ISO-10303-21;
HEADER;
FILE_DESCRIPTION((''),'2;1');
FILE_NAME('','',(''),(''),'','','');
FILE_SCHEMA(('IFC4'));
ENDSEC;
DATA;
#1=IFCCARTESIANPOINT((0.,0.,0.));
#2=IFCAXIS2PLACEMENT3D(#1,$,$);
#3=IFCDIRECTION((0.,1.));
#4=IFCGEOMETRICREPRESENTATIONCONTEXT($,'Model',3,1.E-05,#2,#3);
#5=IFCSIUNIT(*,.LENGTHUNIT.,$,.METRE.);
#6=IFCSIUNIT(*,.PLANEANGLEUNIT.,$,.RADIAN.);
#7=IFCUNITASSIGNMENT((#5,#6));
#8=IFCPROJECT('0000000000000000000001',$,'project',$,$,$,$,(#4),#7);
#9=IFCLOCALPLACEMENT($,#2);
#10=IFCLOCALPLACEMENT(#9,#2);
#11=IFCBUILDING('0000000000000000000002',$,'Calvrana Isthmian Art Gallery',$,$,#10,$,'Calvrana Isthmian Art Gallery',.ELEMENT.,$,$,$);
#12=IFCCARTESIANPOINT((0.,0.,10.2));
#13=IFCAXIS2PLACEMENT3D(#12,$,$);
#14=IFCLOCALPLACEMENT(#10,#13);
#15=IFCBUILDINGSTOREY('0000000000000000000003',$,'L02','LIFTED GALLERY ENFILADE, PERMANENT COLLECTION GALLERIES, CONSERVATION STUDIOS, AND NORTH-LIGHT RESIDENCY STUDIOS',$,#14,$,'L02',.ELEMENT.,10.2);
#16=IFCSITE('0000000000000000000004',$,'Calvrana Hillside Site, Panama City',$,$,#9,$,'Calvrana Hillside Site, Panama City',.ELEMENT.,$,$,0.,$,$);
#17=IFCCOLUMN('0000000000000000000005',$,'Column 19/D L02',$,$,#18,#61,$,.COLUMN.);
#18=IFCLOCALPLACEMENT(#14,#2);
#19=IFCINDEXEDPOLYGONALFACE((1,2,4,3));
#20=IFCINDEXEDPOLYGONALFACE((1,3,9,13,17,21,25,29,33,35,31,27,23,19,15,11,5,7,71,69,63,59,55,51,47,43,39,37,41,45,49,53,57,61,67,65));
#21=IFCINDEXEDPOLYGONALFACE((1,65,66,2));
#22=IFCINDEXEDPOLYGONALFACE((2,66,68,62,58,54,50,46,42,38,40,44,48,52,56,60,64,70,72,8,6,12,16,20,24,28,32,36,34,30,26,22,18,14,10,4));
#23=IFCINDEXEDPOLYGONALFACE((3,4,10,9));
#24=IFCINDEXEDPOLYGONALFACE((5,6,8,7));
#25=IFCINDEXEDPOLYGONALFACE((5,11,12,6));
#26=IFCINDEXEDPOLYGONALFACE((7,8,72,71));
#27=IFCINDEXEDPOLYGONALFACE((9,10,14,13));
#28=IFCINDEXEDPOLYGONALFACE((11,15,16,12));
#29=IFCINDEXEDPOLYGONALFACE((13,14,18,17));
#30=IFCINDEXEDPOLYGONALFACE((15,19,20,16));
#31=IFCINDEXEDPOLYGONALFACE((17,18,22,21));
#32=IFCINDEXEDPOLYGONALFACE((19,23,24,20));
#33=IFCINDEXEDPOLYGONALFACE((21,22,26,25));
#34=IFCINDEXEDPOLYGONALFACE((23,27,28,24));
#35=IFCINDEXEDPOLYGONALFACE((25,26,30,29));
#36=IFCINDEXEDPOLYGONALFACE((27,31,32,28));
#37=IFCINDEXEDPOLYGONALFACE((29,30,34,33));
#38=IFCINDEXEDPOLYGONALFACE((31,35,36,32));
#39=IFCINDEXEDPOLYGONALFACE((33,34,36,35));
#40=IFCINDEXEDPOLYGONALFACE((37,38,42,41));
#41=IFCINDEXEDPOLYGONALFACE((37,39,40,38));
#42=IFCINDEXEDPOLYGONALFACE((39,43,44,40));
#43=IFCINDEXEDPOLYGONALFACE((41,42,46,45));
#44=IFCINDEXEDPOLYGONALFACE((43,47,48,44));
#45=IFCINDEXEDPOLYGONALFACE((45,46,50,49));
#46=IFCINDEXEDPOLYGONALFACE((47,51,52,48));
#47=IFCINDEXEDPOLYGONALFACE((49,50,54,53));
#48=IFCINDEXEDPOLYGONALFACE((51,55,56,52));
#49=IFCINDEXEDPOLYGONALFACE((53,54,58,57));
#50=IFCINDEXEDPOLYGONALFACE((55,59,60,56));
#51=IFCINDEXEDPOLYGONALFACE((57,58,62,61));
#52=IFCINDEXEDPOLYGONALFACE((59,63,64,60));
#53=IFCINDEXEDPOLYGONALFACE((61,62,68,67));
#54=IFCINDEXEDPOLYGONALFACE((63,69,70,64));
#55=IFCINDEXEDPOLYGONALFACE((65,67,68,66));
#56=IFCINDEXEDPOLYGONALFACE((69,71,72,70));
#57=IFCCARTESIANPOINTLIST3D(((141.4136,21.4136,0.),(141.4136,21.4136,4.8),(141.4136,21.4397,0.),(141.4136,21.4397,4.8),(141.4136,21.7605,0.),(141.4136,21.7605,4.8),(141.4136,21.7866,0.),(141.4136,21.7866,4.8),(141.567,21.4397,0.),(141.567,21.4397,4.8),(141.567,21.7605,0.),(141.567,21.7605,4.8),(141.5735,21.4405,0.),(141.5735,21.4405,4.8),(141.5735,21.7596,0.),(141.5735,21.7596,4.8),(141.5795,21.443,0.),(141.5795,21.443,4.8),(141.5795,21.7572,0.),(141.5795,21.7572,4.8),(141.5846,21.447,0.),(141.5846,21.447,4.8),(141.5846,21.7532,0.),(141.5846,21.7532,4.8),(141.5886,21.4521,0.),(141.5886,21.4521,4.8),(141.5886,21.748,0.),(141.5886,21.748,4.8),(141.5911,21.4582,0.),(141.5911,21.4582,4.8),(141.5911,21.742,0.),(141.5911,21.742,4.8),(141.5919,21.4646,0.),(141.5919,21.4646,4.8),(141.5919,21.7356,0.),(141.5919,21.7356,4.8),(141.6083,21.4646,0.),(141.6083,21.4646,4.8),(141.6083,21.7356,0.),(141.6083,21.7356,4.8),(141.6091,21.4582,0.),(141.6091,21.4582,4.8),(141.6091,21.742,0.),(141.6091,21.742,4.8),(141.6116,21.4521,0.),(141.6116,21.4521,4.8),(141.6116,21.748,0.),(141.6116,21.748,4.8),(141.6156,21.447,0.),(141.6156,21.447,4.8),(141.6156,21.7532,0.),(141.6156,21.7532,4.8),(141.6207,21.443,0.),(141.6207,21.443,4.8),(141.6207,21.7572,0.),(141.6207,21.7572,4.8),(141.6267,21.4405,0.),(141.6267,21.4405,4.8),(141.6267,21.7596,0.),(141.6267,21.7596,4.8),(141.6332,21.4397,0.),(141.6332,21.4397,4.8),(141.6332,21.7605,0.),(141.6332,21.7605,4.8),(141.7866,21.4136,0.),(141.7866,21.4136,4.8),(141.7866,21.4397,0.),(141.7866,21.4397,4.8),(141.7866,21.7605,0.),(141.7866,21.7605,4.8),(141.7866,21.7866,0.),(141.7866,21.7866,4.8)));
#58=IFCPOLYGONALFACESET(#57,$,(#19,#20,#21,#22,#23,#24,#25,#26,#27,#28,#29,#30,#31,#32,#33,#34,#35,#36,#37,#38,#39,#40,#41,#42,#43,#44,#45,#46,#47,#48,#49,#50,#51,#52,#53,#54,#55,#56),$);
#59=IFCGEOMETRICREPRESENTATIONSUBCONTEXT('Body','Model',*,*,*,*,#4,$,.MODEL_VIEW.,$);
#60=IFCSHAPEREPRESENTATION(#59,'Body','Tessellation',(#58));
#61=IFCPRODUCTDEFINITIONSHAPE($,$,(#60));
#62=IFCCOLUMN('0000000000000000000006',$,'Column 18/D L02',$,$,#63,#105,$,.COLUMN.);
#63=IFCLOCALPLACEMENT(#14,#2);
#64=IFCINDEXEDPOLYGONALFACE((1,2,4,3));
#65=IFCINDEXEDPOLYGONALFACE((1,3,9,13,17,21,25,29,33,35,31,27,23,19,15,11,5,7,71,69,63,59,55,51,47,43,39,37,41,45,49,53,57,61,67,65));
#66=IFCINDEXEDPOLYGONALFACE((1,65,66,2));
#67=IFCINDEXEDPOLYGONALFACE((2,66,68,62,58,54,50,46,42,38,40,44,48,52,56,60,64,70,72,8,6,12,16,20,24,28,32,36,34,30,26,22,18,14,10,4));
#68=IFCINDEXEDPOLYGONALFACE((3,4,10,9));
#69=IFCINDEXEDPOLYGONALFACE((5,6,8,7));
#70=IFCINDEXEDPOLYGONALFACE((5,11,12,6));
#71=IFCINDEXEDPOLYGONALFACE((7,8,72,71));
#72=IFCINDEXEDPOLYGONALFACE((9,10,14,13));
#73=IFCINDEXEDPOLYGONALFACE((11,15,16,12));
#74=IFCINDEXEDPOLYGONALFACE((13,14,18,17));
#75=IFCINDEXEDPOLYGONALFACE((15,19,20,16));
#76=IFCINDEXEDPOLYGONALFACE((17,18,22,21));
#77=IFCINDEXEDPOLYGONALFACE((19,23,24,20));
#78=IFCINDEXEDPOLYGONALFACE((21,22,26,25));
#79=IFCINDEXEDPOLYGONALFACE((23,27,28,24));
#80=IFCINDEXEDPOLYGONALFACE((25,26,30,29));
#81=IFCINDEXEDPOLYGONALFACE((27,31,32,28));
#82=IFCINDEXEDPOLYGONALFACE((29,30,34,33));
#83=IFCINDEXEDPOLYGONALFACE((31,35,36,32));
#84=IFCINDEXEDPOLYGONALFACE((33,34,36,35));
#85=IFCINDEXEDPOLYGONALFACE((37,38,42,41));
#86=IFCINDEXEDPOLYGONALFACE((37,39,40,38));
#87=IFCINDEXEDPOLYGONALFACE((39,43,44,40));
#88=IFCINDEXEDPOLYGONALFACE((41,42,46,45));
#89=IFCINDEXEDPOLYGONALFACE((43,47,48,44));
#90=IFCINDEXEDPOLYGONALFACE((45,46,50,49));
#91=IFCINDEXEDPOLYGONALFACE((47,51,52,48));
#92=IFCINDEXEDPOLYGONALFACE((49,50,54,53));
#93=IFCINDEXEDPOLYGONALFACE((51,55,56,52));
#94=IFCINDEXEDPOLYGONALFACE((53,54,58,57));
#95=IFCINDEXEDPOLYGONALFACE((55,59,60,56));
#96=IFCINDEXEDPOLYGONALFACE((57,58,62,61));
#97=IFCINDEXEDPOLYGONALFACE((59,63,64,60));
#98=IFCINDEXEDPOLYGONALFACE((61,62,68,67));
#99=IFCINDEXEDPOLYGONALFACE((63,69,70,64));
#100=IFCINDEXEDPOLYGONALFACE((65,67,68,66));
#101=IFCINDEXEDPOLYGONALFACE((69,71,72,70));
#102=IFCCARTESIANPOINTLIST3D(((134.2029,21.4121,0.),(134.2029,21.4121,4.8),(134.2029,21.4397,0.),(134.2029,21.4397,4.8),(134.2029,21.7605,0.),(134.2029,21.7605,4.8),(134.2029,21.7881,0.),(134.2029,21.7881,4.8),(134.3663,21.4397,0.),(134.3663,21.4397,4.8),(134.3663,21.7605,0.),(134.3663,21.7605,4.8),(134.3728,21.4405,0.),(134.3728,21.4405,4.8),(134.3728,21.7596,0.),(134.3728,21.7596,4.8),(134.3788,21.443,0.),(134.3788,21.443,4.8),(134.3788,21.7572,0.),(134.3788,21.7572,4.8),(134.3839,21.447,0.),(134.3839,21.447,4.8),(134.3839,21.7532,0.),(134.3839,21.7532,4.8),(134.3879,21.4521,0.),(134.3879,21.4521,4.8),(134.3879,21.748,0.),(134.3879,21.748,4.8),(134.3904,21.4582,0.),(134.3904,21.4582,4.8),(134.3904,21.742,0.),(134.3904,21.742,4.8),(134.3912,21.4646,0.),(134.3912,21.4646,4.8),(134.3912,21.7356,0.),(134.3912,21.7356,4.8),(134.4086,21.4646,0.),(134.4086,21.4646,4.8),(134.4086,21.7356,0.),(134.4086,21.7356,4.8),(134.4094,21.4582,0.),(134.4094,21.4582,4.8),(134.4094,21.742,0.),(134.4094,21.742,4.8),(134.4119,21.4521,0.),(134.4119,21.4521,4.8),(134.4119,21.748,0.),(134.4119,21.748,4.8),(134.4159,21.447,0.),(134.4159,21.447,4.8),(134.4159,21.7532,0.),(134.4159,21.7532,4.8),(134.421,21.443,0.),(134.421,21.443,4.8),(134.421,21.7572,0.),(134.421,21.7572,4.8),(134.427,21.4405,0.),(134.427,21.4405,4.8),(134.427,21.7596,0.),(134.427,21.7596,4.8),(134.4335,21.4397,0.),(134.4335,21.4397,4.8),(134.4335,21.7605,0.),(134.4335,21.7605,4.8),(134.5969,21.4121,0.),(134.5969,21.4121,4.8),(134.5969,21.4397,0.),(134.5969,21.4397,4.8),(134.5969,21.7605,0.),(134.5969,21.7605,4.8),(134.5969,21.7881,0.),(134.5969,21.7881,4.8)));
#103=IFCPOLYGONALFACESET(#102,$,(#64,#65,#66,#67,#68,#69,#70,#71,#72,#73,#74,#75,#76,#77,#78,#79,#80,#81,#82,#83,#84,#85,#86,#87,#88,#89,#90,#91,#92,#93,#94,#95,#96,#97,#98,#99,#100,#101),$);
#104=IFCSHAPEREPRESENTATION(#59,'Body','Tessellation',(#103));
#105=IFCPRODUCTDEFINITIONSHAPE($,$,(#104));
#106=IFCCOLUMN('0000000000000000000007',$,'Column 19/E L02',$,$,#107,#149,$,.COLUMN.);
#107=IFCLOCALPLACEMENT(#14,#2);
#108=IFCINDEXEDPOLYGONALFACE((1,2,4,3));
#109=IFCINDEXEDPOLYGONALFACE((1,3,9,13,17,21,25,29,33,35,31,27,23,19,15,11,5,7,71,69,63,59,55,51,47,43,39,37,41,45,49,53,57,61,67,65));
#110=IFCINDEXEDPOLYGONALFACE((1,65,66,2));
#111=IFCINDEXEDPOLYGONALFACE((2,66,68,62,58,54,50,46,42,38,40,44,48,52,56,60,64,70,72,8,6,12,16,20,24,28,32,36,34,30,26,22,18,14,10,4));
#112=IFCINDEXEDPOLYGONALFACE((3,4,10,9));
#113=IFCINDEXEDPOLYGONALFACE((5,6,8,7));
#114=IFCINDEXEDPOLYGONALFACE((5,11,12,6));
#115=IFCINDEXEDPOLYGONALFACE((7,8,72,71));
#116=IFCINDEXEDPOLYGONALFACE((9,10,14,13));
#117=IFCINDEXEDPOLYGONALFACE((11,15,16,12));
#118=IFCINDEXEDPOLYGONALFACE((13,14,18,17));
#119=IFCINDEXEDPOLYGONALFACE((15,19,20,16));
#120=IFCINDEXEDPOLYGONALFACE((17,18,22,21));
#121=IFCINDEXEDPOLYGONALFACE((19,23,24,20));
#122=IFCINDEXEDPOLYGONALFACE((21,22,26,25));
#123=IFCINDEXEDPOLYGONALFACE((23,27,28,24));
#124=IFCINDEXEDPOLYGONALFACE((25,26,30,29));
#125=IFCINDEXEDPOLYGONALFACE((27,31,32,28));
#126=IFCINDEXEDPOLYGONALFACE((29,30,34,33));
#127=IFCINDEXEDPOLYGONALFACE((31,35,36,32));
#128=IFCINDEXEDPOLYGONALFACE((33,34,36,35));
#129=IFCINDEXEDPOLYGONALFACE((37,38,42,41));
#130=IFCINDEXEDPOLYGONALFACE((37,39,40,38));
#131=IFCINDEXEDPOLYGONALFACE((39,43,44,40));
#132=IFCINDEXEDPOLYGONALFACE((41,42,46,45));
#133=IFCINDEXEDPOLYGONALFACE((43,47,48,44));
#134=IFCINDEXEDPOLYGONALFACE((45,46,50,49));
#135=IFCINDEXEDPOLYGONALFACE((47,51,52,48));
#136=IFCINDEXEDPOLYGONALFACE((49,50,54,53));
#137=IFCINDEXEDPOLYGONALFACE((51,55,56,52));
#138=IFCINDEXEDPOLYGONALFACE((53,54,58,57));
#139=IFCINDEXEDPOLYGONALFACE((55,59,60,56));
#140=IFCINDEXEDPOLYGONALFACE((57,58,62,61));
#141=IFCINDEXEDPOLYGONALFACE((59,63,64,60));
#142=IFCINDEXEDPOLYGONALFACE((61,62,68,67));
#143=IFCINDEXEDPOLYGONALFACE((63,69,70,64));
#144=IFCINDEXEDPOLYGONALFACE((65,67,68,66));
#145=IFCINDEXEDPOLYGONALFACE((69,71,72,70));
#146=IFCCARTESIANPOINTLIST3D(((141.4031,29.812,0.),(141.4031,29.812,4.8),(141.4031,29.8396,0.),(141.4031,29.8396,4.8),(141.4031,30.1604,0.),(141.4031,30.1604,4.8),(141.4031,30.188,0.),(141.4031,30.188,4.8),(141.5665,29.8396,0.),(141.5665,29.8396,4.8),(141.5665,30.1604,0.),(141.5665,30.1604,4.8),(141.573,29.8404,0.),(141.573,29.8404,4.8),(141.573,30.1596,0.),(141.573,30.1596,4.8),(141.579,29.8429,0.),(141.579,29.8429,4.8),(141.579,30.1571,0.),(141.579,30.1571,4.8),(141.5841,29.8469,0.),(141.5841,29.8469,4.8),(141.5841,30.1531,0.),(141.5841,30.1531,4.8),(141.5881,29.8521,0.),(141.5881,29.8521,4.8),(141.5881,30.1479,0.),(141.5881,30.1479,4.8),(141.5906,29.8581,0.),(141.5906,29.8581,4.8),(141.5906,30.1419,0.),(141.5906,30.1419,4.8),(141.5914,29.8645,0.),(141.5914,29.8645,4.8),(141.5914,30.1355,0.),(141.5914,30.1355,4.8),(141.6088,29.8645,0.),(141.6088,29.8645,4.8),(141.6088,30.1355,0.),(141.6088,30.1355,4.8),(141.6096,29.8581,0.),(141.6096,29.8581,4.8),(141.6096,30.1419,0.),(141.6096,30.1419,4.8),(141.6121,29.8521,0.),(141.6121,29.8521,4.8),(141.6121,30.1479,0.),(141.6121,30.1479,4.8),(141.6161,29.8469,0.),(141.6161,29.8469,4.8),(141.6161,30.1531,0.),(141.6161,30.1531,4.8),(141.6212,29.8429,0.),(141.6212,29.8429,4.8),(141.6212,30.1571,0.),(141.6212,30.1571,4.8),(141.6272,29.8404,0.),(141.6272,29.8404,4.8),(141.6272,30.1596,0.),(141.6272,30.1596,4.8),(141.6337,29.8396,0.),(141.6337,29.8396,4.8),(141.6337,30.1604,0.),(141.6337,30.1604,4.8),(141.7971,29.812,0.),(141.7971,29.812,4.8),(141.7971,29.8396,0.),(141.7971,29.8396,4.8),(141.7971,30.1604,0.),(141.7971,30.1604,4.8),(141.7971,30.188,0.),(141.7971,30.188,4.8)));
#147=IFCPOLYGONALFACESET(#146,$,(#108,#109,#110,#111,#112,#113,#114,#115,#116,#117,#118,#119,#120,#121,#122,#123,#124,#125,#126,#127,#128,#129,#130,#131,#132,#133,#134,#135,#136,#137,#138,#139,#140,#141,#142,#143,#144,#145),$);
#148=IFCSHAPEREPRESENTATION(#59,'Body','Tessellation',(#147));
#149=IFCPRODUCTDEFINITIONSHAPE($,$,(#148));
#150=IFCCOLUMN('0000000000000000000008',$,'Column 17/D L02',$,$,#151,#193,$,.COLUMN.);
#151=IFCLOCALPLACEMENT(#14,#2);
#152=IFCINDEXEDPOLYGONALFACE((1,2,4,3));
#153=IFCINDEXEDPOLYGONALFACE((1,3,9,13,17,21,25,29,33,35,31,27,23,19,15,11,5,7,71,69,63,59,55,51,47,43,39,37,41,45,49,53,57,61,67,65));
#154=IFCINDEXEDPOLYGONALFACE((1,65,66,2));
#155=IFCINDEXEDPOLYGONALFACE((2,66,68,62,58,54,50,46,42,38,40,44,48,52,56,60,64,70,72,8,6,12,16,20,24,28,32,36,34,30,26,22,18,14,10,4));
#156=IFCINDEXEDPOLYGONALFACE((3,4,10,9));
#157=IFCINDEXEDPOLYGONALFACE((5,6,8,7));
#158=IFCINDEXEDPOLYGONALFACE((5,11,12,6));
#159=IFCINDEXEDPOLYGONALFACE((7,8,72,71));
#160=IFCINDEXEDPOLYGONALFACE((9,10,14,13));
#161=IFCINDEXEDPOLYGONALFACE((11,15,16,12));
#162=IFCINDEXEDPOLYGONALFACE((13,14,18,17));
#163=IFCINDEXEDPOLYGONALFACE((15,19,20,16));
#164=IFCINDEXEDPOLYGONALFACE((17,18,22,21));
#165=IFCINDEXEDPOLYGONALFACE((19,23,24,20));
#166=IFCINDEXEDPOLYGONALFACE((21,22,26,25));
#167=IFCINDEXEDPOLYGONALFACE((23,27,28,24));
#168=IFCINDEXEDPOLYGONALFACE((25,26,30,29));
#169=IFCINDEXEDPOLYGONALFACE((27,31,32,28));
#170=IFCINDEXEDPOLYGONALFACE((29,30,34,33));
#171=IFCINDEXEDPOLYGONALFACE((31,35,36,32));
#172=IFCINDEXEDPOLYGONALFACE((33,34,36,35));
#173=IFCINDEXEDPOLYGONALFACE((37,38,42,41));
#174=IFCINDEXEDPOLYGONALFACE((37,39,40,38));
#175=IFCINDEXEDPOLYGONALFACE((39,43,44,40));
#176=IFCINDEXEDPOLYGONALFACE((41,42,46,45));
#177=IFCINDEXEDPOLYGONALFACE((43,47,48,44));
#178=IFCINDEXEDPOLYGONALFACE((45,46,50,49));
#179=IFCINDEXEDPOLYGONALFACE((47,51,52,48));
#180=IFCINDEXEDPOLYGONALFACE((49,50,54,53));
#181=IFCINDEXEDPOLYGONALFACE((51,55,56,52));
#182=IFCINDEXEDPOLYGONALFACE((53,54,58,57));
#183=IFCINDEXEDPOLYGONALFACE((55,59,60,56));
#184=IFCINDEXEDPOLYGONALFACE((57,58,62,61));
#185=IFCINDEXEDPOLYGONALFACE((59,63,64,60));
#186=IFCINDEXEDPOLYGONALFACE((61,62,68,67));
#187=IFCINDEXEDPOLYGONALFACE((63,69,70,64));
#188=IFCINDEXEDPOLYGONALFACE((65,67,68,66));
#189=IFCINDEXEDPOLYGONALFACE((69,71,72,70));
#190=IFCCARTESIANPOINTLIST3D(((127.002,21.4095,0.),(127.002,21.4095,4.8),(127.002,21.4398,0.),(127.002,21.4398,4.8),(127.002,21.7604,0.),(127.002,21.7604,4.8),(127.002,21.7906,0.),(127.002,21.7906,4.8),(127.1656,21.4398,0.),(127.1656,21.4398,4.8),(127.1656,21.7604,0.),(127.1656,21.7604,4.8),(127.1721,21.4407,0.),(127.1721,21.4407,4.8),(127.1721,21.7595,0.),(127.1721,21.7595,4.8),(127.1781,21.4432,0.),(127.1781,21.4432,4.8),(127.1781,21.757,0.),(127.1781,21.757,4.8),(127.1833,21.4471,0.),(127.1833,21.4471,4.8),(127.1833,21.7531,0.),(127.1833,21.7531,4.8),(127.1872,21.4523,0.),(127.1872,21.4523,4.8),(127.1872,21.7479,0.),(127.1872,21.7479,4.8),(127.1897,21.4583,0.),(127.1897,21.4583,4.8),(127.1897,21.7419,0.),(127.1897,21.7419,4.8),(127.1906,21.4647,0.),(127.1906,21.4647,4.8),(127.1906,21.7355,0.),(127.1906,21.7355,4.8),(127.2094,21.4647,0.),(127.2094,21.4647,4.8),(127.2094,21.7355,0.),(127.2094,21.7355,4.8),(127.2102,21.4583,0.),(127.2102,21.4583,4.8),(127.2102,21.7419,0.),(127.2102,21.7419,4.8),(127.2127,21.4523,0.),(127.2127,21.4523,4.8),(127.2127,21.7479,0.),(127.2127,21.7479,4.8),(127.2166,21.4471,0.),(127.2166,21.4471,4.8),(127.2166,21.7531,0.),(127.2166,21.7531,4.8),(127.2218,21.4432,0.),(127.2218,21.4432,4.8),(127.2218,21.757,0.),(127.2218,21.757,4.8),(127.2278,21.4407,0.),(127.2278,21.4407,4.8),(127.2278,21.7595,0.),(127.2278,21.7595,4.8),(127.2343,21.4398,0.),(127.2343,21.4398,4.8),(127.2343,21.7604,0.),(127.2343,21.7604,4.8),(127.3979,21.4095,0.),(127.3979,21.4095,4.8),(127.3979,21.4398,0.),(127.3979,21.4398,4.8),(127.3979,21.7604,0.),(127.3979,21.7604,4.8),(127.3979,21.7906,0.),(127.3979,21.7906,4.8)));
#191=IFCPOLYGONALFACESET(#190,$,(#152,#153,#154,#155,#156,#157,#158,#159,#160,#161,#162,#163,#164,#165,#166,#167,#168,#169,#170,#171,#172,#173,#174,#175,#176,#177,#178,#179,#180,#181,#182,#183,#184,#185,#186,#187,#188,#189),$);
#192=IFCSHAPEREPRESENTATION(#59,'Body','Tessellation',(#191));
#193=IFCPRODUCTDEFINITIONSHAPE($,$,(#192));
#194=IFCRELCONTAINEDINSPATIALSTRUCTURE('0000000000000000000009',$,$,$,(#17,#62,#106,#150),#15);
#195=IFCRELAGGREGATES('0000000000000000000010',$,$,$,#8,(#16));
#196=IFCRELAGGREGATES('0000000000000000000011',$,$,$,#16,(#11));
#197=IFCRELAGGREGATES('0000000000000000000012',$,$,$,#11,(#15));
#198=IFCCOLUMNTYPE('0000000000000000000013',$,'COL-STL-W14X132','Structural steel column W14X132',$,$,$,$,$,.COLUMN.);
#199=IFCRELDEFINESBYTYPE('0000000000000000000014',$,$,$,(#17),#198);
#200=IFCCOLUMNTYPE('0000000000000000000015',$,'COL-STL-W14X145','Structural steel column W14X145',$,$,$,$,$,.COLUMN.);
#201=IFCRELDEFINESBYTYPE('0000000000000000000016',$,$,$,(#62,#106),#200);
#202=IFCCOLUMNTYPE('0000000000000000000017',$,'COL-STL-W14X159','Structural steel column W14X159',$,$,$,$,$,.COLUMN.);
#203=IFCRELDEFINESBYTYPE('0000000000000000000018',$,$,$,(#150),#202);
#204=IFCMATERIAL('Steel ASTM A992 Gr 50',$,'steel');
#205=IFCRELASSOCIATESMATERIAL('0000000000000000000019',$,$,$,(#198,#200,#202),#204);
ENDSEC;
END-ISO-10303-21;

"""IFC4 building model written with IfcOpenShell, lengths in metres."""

from ifc_helpers import new_model, si_unit, direction, frame, origin, origin_2d, place, context, subcontext, project, spatial, i_section, extrude, material, material_profile, profile_set, type_object, element, save


model = new_model("IFC4")

# Units and contexts
model_context = context("Model", 3, precision=1e-05, world=origin(), true_north=direction((0.0, 1.0)))
body_context = subcontext(model_context, "Body", "Model", "MODEL_VIEW")
ifc_project = project(units=[si_unit("LENGTHUNIT", "METRE"), si_unit("PLANEANGLEUNIT", "RADIAN")], contexts=[model_context])

# Site, building, storey
site_placement = place(None, origin())
site = spatial("IfcSite", under=ifc_project, at=site_placement, Name="Calvrana Hillside Site, Panama City", LongName="Calvrana Hillside Site, Panama City", CompositionType="ELEMENT", RefElevation=0.0)
building_placement = place(site_placement, origin())
building = spatial("IfcBuilding", under=site, at=building_placement, Name="Calvrana Isthmian Art Gallery", LongName="Calvrana Isthmian Art Gallery", CompositionType="ELEMENT")
storey_placement = place(building_placement, frame((0.0, 0.0, 10.2)))
storey = spatial("IfcBuildingStorey", under=building, at=storey_placement, Name="L02", Description="LIFTED GALLERY ENFILADE, PERMANENT COLLECTION GALLERIES, CONSERVATION STUDIOS, AND NORTH-LIGHT RESIDENCY STUDIOS", LongName="L02", CompositionType="ELEMENT", Elevation=10.2)

# Columns
ifc_material_1 = material(Name="Steel ASTM A992 Gr 50", Category="steel")
ifc_material_profile_1 = material_profile(ifc_material_1, i_section(OverallWidth=0.373, OverallDepth=0.373, WebThickness=0.0164, FlangeThickness=0.0261, FilletRadius=0.0249, at=origin_2d()), Name="W14X132")
ifc_profile_set_1 = profile_set([ifc_material_profile_1], Name="Steel ASTM A992 Gr 50")
column_type_1 = type_object("IfcColumnType", Name="COL-STL-W14X132", Description="Structural steel column W14X132", PredefinedType="COLUMN", material=ifc_profile_set_1)
column_1_placement = place(storey_placement, frame((141.6001, 21.6001, 0.0), z_axis=(0.0, 0.0, 1.0), x_axis=(1.0, 0.0, 0.0)))
element("IfcColumn", 1, at=column_1_placement, inside=storey, type_object=column_type_1, Name="Column 19/D L02", PredefinedType="COLUMN", context=body_context, shape_type="SweptSolid", body=[
    extrude(i_section(OverallWidth=0.373, OverallDepth=0.373, WebThickness=0.0164, FlangeThickness=0.0261, FilletRadius=0.0249, at=origin_2d()), origin(), (0.0, 0.0, 1.0), 4.8),
])
ifc_material_profile_2 = material_profile(ifc_material_1, i_section(OverallWidth=0.394, OverallDepth=0.376, WebThickness=0.0173, FlangeThickness=0.0276, FilletRadius=0.0249, at=origin_2d()), Name="W14X145")
ifc_profile_set_2 = profile_set([ifc_material_profile_2], Name="Steel ASTM A992 Gr 50")
column_type_2 = type_object("IfcColumnType", Name="COL-STL-W14X145", Description="Structural steel column W14X145", PredefinedType="COLUMN", material=ifc_profile_set_2)
for number, where, z_axis, x_axis, name in (
    (2, (134.3999, 21.6001, 0.0), (0.0, 0.0, 1.0), (1.0, 0.0, 0.0), "Column 18/D L02"),
    (3, (141.6001, 30.0, 0.0), (0.0, 0.0, 1.0), (1.0, 0.0, 0.0), "Column 19/E L02"),
):
    element("IfcColumn", number, at=place(storey_placement, frame(where, z_axis=z_axis, x_axis=x_axis)), inside=storey, type_object=column_type_2, Name=name, PredefinedType="COLUMN", context=body_context, shape_type="SweptSolid", body=[
        extrude(i_section(OverallWidth=0.394, OverallDepth=0.376, WebThickness=0.0173, FlangeThickness=0.0276, FilletRadius=0.0249, at=origin_2d()), origin(), (0.0, 0.0, 1.0), 4.8),
    ])
ifc_material_profile_3 = material_profile(ifc_material_1, i_section(OverallWidth=0.396, OverallDepth=0.3811, WebThickness=0.0188, FlangeThickness=0.0303, FilletRadius=0.0249, at=origin_2d()), Name="W14X159")
ifc_profile_set_3 = profile_set([ifc_material_profile_3], Name="Steel ASTM A992 Gr 50")
column_type_3 = type_object("IfcColumnType", Name="COL-STL-W14X159", Description="Structural steel column W14X159", PredefinedType="COLUMN", material=ifc_profile_set_3)
for number, where, z_axis, x_axis, name in (
    (4, (127.2, 21.6001, 0.0), (0.0, 0.0, 1.0), (1.0, 0.0, 0.0), "Column 17/D L02"),
):
    element("IfcColumn", number, at=place(storey_placement, frame(where, z_axis=z_axis, x_axis=x_axis)), inside=storey, type_object=column_type_3, Name=name, PredefinedType="COLUMN", context=body_context, shape_type="SweptSolid", body=[
        extrude(i_section(OverallWidth=0.396, OverallDepth=0.3811, WebThickness=0.0188, FlangeThickness=0.0303, FilletRadius=0.0249, at=origin_2d()), origin(), (0.0, 0.0, 1.0), 4.8),
    ])

save(model, "model.ifc")
